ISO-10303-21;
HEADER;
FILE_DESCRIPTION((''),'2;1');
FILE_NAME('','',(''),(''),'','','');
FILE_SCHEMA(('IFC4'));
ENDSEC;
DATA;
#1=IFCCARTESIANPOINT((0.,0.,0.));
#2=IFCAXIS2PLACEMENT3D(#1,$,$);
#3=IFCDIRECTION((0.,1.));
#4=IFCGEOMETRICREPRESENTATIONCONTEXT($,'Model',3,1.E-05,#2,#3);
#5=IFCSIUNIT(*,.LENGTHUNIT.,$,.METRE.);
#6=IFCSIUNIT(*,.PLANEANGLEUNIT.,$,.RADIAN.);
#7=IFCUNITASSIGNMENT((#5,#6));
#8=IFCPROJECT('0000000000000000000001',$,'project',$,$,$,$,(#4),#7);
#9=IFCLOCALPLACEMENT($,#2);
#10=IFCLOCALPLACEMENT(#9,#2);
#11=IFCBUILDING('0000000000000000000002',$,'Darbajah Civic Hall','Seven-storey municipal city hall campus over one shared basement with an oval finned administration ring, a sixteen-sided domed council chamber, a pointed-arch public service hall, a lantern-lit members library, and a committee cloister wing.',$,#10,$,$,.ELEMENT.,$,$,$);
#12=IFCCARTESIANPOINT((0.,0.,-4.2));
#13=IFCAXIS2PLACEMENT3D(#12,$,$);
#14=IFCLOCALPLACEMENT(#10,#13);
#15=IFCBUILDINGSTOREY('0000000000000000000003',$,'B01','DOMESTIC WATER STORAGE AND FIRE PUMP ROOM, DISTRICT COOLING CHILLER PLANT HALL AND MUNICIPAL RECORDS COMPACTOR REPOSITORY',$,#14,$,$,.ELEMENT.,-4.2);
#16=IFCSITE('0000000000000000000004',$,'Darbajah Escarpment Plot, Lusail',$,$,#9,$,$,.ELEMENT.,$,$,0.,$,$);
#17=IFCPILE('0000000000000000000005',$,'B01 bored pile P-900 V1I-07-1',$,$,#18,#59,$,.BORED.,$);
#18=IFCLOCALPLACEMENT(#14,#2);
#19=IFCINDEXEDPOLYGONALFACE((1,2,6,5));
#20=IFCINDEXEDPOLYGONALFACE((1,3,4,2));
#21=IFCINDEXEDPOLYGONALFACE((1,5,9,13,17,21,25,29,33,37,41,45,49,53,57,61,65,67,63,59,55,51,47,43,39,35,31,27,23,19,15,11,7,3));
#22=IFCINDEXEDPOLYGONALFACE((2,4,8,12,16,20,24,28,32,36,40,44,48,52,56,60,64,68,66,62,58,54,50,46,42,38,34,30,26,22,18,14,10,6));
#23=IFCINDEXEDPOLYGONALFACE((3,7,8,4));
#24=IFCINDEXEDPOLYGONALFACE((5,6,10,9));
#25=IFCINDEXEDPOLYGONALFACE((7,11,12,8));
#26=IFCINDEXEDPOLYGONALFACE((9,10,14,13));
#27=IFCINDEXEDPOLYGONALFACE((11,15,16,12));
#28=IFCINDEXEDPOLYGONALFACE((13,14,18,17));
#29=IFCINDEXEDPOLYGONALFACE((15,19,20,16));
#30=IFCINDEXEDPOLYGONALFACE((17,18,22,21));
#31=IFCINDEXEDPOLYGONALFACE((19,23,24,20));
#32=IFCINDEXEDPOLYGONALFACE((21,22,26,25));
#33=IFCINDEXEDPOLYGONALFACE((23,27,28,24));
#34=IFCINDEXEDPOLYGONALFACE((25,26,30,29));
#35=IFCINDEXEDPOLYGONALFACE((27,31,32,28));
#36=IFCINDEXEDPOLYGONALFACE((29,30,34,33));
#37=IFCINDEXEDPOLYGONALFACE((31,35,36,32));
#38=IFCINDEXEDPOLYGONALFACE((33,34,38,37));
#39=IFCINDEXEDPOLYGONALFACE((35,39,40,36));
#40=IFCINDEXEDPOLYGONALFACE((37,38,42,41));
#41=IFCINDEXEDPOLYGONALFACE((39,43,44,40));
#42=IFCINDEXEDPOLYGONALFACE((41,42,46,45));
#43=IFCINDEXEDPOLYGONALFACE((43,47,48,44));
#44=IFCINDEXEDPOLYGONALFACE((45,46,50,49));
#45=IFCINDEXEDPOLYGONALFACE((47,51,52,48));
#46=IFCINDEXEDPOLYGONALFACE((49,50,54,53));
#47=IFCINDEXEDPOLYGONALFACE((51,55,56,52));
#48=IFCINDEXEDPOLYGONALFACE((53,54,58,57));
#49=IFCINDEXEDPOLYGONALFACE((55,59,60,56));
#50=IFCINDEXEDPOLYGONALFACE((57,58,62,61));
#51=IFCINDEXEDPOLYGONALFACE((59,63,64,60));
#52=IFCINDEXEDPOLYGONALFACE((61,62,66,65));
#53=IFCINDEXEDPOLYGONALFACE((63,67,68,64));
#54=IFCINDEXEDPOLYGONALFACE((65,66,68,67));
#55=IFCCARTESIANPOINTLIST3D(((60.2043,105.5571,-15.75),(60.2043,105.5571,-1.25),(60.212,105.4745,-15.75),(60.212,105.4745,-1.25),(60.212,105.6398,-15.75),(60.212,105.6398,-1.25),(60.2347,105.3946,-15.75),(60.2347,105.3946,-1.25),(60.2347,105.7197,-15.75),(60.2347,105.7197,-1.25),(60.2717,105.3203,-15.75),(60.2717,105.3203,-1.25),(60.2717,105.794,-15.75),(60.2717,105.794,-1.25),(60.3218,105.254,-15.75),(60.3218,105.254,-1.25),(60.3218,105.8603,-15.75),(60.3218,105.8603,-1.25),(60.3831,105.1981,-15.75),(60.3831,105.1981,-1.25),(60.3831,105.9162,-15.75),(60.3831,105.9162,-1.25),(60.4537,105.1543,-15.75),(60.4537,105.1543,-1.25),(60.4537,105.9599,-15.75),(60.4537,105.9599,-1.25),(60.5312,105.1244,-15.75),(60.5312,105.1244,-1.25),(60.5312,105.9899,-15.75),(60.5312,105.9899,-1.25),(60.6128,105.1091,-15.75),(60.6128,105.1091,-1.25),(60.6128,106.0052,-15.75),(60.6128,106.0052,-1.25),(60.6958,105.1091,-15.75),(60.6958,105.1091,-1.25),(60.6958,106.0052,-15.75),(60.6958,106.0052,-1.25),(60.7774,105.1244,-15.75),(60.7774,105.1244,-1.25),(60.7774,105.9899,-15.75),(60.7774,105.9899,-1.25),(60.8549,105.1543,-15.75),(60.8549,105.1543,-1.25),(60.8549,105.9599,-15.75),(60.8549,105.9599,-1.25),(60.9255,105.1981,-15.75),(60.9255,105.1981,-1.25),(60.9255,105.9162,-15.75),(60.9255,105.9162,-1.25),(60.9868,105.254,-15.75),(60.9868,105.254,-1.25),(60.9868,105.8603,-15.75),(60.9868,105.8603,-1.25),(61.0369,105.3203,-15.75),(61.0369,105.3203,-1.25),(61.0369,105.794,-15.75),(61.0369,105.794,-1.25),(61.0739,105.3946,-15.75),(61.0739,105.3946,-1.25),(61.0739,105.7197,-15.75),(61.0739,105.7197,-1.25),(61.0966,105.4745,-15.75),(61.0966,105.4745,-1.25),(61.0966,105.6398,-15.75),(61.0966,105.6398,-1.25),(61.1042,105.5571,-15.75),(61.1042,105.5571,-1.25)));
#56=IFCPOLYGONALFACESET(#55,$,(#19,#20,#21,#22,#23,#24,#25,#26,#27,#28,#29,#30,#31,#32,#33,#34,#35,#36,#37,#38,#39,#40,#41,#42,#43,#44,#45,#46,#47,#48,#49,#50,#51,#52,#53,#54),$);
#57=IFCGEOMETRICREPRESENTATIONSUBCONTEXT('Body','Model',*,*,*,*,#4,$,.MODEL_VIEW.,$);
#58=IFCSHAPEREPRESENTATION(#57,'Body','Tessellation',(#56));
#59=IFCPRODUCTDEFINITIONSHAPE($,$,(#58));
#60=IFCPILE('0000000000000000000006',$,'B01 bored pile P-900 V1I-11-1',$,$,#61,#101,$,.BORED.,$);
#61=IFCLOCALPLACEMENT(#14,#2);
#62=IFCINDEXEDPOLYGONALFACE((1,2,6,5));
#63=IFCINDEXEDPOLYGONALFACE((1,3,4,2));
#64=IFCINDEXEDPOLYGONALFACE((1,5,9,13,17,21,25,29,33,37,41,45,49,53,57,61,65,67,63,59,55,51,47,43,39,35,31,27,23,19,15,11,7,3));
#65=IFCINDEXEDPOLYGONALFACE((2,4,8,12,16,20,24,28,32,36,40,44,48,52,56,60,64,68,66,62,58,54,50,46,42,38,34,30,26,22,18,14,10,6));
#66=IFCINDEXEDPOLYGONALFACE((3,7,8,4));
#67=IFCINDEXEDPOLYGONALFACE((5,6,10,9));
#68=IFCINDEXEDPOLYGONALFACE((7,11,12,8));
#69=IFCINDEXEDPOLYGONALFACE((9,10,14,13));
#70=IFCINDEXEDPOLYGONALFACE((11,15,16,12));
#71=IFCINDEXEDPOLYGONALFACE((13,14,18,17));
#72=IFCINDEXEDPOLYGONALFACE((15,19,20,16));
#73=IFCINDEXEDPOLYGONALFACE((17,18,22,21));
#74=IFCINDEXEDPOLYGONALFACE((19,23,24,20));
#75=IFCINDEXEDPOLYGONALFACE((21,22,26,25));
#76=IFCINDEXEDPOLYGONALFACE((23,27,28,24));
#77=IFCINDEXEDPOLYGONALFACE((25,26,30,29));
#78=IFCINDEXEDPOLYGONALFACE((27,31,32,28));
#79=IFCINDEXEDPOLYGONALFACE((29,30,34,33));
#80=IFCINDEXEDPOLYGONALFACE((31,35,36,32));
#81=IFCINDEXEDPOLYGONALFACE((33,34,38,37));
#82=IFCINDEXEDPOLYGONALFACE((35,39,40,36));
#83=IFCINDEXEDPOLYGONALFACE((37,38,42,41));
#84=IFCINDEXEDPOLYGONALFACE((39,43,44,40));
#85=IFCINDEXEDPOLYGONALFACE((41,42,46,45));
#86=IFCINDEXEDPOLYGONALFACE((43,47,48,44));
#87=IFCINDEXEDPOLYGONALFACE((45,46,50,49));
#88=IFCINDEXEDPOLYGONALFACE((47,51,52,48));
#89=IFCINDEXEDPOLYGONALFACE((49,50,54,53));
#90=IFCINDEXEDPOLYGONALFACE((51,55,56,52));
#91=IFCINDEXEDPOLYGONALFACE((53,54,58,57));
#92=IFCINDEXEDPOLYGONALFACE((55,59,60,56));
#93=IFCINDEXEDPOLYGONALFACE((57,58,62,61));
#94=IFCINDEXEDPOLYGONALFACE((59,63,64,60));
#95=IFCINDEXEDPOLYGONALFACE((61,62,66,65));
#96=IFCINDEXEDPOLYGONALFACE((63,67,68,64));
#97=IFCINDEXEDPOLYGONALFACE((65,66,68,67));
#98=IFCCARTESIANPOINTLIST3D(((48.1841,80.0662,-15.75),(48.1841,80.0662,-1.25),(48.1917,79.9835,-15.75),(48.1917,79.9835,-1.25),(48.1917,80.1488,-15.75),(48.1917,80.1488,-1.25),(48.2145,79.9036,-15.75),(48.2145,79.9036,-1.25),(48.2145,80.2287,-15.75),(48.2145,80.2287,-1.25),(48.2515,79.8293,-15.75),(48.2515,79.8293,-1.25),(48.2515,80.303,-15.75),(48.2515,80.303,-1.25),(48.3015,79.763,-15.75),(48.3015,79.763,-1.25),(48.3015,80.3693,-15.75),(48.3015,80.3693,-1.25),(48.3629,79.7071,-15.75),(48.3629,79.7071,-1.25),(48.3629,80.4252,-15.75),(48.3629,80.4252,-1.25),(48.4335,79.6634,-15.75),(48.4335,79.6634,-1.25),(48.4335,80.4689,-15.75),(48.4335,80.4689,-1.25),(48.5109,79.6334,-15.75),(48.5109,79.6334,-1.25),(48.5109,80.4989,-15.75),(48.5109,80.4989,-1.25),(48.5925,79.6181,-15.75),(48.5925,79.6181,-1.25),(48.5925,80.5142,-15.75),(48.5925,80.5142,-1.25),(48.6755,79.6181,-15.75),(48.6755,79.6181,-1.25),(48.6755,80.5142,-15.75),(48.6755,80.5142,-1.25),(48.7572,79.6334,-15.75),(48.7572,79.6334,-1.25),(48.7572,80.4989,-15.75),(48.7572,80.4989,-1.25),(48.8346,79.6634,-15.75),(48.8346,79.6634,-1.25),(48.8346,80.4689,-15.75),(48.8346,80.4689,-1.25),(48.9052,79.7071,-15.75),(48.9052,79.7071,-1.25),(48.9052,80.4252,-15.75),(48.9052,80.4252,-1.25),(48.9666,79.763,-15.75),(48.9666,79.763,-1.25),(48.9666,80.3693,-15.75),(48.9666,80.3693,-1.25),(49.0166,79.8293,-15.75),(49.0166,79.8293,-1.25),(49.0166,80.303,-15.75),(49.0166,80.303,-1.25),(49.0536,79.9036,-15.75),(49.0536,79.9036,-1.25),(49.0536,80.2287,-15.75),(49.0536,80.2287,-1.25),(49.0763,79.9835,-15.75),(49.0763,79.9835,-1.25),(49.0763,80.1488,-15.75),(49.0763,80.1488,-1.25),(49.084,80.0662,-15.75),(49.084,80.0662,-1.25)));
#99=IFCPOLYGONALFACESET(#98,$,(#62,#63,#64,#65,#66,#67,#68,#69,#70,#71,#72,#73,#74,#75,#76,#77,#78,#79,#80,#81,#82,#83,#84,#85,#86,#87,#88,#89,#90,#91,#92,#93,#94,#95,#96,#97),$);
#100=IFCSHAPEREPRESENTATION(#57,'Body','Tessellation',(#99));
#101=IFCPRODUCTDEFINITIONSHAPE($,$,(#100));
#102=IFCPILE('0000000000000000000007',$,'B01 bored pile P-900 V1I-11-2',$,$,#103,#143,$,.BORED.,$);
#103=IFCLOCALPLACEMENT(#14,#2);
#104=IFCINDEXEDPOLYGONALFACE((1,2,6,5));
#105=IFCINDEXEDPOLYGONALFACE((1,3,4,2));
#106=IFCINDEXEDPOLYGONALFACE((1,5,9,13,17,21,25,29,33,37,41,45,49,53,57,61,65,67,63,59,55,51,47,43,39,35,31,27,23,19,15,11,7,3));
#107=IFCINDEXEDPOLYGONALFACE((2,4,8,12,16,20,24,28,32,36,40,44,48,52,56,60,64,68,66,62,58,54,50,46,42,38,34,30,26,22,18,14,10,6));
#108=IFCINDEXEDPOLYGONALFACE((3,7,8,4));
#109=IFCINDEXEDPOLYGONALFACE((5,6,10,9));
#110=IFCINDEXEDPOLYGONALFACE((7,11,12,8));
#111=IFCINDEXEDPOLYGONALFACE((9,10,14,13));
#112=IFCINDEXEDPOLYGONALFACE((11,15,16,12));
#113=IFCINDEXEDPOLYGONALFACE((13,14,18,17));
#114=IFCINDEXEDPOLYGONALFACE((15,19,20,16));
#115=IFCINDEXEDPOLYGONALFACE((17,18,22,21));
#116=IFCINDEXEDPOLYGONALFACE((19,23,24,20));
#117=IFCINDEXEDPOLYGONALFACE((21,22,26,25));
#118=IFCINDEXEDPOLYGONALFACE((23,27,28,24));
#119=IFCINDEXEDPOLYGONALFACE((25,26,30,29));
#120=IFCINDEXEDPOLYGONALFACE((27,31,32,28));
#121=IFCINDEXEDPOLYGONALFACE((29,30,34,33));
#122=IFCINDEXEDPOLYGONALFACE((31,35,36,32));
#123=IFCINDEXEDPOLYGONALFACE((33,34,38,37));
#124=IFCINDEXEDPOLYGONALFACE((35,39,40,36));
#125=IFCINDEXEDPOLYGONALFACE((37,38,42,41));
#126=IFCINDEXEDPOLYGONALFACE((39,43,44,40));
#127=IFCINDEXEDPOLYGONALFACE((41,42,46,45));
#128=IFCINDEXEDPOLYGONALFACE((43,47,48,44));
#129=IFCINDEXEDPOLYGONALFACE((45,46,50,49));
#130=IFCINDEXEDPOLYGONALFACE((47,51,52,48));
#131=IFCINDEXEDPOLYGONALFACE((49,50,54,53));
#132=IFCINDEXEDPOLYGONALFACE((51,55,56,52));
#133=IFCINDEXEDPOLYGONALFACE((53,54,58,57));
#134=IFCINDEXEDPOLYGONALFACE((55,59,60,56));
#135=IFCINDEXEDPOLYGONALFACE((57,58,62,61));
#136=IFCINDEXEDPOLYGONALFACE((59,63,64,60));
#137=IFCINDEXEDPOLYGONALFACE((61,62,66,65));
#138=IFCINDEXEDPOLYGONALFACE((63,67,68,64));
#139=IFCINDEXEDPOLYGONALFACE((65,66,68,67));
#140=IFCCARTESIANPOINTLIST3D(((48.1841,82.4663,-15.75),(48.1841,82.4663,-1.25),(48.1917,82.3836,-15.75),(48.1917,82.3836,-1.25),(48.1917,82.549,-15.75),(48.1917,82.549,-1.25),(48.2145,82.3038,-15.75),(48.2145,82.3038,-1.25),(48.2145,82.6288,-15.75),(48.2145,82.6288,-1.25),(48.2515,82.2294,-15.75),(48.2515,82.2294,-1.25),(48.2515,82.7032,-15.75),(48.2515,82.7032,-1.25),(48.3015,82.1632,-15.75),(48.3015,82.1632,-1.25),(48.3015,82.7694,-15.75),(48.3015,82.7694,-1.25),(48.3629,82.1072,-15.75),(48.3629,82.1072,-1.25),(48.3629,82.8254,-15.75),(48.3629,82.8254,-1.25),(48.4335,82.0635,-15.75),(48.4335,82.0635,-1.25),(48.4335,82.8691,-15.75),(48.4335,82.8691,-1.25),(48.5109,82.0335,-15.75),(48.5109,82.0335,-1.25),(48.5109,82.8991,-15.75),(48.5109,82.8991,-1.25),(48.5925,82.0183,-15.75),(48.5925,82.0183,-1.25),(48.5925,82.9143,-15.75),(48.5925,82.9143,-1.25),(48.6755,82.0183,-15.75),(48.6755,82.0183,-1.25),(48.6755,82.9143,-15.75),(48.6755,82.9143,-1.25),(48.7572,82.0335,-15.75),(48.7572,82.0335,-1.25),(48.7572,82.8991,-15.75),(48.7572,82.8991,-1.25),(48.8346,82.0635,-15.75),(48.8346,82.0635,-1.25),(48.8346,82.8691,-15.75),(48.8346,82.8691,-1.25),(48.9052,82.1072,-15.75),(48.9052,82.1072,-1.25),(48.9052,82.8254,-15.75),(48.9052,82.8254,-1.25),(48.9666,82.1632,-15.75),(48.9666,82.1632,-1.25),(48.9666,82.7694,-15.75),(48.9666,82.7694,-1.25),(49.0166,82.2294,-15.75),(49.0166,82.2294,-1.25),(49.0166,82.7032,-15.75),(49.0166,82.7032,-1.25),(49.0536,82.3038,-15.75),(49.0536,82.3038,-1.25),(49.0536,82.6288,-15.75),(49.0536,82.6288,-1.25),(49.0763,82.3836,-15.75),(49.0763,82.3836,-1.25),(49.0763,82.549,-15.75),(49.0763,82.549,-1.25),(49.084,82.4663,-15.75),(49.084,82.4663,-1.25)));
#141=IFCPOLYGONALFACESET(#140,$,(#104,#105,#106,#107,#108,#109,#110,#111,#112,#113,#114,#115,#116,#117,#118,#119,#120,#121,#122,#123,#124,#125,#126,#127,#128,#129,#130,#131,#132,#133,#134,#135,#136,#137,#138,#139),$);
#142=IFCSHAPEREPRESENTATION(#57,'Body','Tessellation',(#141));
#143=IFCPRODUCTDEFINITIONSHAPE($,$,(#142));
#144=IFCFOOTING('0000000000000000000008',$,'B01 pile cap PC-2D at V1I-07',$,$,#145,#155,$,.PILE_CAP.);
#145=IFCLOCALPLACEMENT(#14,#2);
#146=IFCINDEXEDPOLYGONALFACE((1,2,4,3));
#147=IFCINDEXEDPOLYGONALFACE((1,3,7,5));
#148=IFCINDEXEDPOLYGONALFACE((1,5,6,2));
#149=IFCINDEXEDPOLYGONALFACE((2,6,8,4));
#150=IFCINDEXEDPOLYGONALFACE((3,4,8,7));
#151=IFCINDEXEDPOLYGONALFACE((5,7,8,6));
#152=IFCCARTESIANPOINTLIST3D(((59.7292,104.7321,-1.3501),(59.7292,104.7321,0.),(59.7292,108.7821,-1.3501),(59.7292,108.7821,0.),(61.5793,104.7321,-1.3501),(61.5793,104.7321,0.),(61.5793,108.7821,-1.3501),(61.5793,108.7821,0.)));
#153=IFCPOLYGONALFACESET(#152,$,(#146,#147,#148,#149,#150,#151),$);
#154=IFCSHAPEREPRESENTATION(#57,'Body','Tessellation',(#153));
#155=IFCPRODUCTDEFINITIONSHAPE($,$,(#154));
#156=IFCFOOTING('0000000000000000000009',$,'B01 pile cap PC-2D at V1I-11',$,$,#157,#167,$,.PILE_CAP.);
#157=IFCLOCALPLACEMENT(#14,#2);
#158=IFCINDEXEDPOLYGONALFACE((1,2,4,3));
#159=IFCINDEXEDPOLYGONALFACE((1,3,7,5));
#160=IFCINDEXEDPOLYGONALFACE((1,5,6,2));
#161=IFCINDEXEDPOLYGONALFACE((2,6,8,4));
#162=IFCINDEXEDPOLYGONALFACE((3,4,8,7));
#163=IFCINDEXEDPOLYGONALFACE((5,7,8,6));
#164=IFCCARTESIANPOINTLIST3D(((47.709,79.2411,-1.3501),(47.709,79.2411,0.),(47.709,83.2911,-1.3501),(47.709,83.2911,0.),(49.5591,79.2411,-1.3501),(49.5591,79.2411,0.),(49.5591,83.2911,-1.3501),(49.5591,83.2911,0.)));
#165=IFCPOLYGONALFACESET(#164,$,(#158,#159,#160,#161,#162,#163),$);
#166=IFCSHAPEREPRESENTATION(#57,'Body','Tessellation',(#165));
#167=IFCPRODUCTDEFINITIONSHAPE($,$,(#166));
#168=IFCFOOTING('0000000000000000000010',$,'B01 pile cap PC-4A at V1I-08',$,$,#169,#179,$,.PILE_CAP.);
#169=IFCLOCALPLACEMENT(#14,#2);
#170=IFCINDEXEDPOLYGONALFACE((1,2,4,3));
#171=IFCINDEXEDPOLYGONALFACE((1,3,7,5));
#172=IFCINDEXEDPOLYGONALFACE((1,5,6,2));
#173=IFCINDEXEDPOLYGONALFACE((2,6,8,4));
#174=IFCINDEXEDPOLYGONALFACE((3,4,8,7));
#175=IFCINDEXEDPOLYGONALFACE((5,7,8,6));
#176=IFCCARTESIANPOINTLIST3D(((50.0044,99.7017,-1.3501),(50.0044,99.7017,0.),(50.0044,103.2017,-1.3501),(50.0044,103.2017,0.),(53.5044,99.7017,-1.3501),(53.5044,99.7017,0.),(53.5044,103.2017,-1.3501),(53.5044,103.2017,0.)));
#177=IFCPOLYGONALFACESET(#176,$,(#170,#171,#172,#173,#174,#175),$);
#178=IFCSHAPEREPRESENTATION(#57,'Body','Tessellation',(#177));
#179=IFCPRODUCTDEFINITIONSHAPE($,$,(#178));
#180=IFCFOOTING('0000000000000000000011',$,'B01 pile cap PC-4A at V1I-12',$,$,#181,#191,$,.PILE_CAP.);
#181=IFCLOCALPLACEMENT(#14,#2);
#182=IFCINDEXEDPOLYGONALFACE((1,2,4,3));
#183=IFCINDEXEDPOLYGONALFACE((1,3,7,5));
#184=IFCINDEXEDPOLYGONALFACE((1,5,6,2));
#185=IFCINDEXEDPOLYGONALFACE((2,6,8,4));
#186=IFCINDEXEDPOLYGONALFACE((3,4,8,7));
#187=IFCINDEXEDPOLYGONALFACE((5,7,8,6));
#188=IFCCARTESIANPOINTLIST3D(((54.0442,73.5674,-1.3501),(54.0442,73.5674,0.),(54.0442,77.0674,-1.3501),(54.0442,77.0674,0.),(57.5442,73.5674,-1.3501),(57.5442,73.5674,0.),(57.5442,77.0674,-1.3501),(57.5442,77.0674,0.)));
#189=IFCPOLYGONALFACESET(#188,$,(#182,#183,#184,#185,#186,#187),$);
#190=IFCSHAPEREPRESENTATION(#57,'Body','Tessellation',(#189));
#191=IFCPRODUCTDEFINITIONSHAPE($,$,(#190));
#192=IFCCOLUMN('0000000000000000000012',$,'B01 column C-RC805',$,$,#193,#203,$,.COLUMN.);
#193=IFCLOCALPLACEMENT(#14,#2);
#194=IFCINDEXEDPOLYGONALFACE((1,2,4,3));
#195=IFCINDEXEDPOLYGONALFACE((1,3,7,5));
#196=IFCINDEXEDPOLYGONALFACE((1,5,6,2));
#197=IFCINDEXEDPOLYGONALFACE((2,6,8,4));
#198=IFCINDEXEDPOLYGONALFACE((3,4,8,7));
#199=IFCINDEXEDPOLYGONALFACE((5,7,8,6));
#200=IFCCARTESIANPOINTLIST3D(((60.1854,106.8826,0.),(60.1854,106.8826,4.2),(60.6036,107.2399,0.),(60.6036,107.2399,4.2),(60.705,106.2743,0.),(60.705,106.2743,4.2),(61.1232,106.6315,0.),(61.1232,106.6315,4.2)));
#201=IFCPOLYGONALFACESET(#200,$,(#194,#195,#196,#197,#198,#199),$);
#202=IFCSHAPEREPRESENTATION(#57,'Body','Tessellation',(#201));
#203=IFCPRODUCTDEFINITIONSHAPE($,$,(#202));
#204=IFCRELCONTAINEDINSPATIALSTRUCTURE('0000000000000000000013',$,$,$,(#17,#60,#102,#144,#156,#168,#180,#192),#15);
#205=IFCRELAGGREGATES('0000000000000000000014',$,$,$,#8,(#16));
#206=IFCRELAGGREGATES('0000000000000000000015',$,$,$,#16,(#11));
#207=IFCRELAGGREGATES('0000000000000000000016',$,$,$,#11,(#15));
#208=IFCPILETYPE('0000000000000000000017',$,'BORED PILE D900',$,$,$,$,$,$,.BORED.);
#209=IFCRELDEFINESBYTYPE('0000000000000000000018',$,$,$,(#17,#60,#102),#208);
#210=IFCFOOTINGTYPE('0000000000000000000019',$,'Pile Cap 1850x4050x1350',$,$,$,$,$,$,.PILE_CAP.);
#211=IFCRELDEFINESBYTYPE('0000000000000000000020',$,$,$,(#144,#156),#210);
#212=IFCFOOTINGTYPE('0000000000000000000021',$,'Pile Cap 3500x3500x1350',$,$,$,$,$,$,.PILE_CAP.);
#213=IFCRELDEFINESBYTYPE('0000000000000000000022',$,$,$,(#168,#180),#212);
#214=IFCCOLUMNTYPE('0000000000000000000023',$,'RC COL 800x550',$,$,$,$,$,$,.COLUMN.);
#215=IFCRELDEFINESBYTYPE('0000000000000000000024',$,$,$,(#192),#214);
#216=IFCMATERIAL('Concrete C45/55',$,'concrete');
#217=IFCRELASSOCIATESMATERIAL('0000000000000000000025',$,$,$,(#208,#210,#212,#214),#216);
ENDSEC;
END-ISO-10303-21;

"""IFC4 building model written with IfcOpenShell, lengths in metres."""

from ifc_helpers import new_model, si_unit, direction, frame, origin, origin_2d, place, context, subcontext, project, spatial, rectangle, circle, extrude, material, material_profile, profile_set, type_object, element, save


model = new_model("IFC4")

# Units and contexts
model_context = context("Model", 3, precision=1e-05, world=origin(), true_north=direction((0.0, 1.0)))
body_context = subcontext(model_context, "Body", "Model", "MODEL_VIEW")
ifc_project = project(units=[si_unit("LENGTHUNIT", "METRE"), si_unit("PLANEANGLEUNIT", "RADIAN")], contexts=[model_context])

# Site, building, storey
site_placement = place(None, origin())
site = spatial("IfcSite", under=ifc_project, at=site_placement, Name="Darbajah Escarpment Plot, Lusail", CompositionType="ELEMENT", RefElevation=0.0)
building_placement = place(site_placement, origin())
building = spatial("IfcBuilding", under=site, at=building_placement, Name="Darbajah Civic Hall", Description="Seven-storey municipal city hall campus over one shared basement with an oval finned administration ring, a sixteen-sided domed council chamber, a pointed-arch public service hall, a lantern-lit members library, and a committee cloister wing.", CompositionType="ELEMENT")
storey_placement = place(building_placement, frame((0.0, 0.0, -4.2)))
storey = spatial("IfcBuildingStorey", under=building, at=storey_placement, Name="B01", Description="DOMESTIC WATER STORAGE AND FIRE PUMP ROOM, DISTRICT COOLING CHILLER PLANT HALL AND MUNICIPAL RECORDS COMPACTOR REPOSITORY", CompositionType="ELEMENT", Elevation=-4.2)

# Piles
ifc_material_1 = material(Name="Concrete C45/55", Category="concrete")
ifc_material_profile_1 = material_profile(ifc_material_1, circle(Radius=0.45, at=origin_2d()), Name="BORED PILE D900")
ifc_profile_set_1 = profile_set([ifc_material_profile_1], Name="Concrete C45/55")
pile_type_1 = type_object("IfcPileType", Name="BORED PILE D900", PredefinedType="BORED", material=ifc_profile_set_1)
for number, where, z_axis, x_axis, name in (
    (1, (60.6543, 105.5571, -1.25), (0.0, 0.0, -1.0), (1.0, 0.0, 0.0), "B01 bored pile P-900 V1I-07-1"),
    (2, (48.634, 80.0662, -1.25), (0.0, 0.0, -1.0), (1.0, 0.0, 0.0), "B01 bored pile P-900 V1I-11-1"),
    (3, (48.634, 82.4663, -1.25), (0.0, 0.0, -1.0), (1.0, 0.0, 0.0), "B01 bored pile P-900 V1I-11-2"),
):
    element("IfcPile", number, at=place(storey_placement, frame(where, z_axis=z_axis, x_axis=x_axis)), inside=storey, type_object=pile_type_1, Name=name, PredefinedType="BORED", context=body_context, shape_type="SweptSolid", body=[
        extrude(circle(Radius=0.45, at=origin_2d()), origin(), (0.0, 0.0, 1.0), 14.5),
    ])

# Footings
footing_type_1 = type_object("IfcFootingType", Name="Pile Cap 1850x4050x1350", PredefinedType="PILE_CAP", material=ifc_material_1)
for number, where, z_axis, x_axis, name in (
    (4, (60.6543, 106.7571, -1.3501), (0.0, 0.0, 1.0), (1.0, 0.0, 0.0), "B01 pile cap PC-2D at V1I-07"),
    (5, (48.634, 81.2661, -1.3501), (0.0, 0.0, 1.0), (1.0, 0.0, 0.0), "B01 pile cap PC-2D at V1I-11"),
):
    element("IfcFooting", number, at=place(storey_placement, frame(where, z_axis=z_axis, x_axis=x_axis)), inside=storey, type_object=footing_type_1, Name=name, PredefinedType="PILE_CAP", context=body_context, shape_type="SweptSolid", body=[
        extrude(rectangle(XDim=1.8501, YDim=4.05, at=origin_2d()), origin(), (0.0, 0.0, 1.0), 1.3501),
    ])
footing_type_2 = type_object("IfcFootingType", Name="Pile Cap 3500x3500x1350", PredefinedType="PILE_CAP", material=ifc_material_1)
for number, where, z_axis, x_axis, name in (
    (6, (51.7544, 101.4517, -1.3501), (0.0, 0.0, 1.0), (1.0, 0.0, 0.0), "B01 pile cap PC-4A at V1I-08"),
    (7, (55.7942, 75.3174, -1.3501), (0.0, 0.0, 1.0), (1.0, 0.0, 0.0), "B01 pile cap PC-4A at V1I-12"),
):
    element("IfcFooting", number, at=place(storey_placement, frame(where, z_axis=z_axis, x_axis=x_axis)), inside=storey, type_object=footing_type_2, Name=name, PredefinedType="PILE_CAP", context=body_context, shape_type="SweptSolid", body=[
        extrude(rectangle(XDim=3.5, YDim=3.5, at=origin_2d()), origin(), (0.0, 0.0, 1.0), 1.3501),
    ])

# Column
ifc_material_profile_2 = material_profile(ifc_material_1, rectangle(XDim=0.8, YDim=0.55, at=origin_2d()), Name="RC COL 800x550")
ifc_profile_set_2 = profile_set([ifc_material_profile_2], Name="Concrete C45/55")
column_type = type_object("IfcColumnType", Name="RC COL 800x550", PredefinedType="COLUMN", material=ifc_profile_set_2)
for number, where, z_axis, x_axis, name in (
    (8, (60.6543, 106.7571, 0.0), (0.0, 0.0, 1.0), (-0.649448, 0.760406, 0.0), "B01 column C-RC805"),
):
    element("IfcColumn", number, at=place(storey_placement, frame(where, z_axis=z_axis, x_axis=x_axis)), inside=storey, type_object=column_type, Name=name, PredefinedType="COLUMN", context=body_context, shape_type="SweptSolid", body=[
        extrude(rectangle(XDim=0.8, YDim=0.55, at=origin_2d()), origin(), (0.0, 0.0, 1.0), 4.2),
    ])

save(model, "model.ifc")
